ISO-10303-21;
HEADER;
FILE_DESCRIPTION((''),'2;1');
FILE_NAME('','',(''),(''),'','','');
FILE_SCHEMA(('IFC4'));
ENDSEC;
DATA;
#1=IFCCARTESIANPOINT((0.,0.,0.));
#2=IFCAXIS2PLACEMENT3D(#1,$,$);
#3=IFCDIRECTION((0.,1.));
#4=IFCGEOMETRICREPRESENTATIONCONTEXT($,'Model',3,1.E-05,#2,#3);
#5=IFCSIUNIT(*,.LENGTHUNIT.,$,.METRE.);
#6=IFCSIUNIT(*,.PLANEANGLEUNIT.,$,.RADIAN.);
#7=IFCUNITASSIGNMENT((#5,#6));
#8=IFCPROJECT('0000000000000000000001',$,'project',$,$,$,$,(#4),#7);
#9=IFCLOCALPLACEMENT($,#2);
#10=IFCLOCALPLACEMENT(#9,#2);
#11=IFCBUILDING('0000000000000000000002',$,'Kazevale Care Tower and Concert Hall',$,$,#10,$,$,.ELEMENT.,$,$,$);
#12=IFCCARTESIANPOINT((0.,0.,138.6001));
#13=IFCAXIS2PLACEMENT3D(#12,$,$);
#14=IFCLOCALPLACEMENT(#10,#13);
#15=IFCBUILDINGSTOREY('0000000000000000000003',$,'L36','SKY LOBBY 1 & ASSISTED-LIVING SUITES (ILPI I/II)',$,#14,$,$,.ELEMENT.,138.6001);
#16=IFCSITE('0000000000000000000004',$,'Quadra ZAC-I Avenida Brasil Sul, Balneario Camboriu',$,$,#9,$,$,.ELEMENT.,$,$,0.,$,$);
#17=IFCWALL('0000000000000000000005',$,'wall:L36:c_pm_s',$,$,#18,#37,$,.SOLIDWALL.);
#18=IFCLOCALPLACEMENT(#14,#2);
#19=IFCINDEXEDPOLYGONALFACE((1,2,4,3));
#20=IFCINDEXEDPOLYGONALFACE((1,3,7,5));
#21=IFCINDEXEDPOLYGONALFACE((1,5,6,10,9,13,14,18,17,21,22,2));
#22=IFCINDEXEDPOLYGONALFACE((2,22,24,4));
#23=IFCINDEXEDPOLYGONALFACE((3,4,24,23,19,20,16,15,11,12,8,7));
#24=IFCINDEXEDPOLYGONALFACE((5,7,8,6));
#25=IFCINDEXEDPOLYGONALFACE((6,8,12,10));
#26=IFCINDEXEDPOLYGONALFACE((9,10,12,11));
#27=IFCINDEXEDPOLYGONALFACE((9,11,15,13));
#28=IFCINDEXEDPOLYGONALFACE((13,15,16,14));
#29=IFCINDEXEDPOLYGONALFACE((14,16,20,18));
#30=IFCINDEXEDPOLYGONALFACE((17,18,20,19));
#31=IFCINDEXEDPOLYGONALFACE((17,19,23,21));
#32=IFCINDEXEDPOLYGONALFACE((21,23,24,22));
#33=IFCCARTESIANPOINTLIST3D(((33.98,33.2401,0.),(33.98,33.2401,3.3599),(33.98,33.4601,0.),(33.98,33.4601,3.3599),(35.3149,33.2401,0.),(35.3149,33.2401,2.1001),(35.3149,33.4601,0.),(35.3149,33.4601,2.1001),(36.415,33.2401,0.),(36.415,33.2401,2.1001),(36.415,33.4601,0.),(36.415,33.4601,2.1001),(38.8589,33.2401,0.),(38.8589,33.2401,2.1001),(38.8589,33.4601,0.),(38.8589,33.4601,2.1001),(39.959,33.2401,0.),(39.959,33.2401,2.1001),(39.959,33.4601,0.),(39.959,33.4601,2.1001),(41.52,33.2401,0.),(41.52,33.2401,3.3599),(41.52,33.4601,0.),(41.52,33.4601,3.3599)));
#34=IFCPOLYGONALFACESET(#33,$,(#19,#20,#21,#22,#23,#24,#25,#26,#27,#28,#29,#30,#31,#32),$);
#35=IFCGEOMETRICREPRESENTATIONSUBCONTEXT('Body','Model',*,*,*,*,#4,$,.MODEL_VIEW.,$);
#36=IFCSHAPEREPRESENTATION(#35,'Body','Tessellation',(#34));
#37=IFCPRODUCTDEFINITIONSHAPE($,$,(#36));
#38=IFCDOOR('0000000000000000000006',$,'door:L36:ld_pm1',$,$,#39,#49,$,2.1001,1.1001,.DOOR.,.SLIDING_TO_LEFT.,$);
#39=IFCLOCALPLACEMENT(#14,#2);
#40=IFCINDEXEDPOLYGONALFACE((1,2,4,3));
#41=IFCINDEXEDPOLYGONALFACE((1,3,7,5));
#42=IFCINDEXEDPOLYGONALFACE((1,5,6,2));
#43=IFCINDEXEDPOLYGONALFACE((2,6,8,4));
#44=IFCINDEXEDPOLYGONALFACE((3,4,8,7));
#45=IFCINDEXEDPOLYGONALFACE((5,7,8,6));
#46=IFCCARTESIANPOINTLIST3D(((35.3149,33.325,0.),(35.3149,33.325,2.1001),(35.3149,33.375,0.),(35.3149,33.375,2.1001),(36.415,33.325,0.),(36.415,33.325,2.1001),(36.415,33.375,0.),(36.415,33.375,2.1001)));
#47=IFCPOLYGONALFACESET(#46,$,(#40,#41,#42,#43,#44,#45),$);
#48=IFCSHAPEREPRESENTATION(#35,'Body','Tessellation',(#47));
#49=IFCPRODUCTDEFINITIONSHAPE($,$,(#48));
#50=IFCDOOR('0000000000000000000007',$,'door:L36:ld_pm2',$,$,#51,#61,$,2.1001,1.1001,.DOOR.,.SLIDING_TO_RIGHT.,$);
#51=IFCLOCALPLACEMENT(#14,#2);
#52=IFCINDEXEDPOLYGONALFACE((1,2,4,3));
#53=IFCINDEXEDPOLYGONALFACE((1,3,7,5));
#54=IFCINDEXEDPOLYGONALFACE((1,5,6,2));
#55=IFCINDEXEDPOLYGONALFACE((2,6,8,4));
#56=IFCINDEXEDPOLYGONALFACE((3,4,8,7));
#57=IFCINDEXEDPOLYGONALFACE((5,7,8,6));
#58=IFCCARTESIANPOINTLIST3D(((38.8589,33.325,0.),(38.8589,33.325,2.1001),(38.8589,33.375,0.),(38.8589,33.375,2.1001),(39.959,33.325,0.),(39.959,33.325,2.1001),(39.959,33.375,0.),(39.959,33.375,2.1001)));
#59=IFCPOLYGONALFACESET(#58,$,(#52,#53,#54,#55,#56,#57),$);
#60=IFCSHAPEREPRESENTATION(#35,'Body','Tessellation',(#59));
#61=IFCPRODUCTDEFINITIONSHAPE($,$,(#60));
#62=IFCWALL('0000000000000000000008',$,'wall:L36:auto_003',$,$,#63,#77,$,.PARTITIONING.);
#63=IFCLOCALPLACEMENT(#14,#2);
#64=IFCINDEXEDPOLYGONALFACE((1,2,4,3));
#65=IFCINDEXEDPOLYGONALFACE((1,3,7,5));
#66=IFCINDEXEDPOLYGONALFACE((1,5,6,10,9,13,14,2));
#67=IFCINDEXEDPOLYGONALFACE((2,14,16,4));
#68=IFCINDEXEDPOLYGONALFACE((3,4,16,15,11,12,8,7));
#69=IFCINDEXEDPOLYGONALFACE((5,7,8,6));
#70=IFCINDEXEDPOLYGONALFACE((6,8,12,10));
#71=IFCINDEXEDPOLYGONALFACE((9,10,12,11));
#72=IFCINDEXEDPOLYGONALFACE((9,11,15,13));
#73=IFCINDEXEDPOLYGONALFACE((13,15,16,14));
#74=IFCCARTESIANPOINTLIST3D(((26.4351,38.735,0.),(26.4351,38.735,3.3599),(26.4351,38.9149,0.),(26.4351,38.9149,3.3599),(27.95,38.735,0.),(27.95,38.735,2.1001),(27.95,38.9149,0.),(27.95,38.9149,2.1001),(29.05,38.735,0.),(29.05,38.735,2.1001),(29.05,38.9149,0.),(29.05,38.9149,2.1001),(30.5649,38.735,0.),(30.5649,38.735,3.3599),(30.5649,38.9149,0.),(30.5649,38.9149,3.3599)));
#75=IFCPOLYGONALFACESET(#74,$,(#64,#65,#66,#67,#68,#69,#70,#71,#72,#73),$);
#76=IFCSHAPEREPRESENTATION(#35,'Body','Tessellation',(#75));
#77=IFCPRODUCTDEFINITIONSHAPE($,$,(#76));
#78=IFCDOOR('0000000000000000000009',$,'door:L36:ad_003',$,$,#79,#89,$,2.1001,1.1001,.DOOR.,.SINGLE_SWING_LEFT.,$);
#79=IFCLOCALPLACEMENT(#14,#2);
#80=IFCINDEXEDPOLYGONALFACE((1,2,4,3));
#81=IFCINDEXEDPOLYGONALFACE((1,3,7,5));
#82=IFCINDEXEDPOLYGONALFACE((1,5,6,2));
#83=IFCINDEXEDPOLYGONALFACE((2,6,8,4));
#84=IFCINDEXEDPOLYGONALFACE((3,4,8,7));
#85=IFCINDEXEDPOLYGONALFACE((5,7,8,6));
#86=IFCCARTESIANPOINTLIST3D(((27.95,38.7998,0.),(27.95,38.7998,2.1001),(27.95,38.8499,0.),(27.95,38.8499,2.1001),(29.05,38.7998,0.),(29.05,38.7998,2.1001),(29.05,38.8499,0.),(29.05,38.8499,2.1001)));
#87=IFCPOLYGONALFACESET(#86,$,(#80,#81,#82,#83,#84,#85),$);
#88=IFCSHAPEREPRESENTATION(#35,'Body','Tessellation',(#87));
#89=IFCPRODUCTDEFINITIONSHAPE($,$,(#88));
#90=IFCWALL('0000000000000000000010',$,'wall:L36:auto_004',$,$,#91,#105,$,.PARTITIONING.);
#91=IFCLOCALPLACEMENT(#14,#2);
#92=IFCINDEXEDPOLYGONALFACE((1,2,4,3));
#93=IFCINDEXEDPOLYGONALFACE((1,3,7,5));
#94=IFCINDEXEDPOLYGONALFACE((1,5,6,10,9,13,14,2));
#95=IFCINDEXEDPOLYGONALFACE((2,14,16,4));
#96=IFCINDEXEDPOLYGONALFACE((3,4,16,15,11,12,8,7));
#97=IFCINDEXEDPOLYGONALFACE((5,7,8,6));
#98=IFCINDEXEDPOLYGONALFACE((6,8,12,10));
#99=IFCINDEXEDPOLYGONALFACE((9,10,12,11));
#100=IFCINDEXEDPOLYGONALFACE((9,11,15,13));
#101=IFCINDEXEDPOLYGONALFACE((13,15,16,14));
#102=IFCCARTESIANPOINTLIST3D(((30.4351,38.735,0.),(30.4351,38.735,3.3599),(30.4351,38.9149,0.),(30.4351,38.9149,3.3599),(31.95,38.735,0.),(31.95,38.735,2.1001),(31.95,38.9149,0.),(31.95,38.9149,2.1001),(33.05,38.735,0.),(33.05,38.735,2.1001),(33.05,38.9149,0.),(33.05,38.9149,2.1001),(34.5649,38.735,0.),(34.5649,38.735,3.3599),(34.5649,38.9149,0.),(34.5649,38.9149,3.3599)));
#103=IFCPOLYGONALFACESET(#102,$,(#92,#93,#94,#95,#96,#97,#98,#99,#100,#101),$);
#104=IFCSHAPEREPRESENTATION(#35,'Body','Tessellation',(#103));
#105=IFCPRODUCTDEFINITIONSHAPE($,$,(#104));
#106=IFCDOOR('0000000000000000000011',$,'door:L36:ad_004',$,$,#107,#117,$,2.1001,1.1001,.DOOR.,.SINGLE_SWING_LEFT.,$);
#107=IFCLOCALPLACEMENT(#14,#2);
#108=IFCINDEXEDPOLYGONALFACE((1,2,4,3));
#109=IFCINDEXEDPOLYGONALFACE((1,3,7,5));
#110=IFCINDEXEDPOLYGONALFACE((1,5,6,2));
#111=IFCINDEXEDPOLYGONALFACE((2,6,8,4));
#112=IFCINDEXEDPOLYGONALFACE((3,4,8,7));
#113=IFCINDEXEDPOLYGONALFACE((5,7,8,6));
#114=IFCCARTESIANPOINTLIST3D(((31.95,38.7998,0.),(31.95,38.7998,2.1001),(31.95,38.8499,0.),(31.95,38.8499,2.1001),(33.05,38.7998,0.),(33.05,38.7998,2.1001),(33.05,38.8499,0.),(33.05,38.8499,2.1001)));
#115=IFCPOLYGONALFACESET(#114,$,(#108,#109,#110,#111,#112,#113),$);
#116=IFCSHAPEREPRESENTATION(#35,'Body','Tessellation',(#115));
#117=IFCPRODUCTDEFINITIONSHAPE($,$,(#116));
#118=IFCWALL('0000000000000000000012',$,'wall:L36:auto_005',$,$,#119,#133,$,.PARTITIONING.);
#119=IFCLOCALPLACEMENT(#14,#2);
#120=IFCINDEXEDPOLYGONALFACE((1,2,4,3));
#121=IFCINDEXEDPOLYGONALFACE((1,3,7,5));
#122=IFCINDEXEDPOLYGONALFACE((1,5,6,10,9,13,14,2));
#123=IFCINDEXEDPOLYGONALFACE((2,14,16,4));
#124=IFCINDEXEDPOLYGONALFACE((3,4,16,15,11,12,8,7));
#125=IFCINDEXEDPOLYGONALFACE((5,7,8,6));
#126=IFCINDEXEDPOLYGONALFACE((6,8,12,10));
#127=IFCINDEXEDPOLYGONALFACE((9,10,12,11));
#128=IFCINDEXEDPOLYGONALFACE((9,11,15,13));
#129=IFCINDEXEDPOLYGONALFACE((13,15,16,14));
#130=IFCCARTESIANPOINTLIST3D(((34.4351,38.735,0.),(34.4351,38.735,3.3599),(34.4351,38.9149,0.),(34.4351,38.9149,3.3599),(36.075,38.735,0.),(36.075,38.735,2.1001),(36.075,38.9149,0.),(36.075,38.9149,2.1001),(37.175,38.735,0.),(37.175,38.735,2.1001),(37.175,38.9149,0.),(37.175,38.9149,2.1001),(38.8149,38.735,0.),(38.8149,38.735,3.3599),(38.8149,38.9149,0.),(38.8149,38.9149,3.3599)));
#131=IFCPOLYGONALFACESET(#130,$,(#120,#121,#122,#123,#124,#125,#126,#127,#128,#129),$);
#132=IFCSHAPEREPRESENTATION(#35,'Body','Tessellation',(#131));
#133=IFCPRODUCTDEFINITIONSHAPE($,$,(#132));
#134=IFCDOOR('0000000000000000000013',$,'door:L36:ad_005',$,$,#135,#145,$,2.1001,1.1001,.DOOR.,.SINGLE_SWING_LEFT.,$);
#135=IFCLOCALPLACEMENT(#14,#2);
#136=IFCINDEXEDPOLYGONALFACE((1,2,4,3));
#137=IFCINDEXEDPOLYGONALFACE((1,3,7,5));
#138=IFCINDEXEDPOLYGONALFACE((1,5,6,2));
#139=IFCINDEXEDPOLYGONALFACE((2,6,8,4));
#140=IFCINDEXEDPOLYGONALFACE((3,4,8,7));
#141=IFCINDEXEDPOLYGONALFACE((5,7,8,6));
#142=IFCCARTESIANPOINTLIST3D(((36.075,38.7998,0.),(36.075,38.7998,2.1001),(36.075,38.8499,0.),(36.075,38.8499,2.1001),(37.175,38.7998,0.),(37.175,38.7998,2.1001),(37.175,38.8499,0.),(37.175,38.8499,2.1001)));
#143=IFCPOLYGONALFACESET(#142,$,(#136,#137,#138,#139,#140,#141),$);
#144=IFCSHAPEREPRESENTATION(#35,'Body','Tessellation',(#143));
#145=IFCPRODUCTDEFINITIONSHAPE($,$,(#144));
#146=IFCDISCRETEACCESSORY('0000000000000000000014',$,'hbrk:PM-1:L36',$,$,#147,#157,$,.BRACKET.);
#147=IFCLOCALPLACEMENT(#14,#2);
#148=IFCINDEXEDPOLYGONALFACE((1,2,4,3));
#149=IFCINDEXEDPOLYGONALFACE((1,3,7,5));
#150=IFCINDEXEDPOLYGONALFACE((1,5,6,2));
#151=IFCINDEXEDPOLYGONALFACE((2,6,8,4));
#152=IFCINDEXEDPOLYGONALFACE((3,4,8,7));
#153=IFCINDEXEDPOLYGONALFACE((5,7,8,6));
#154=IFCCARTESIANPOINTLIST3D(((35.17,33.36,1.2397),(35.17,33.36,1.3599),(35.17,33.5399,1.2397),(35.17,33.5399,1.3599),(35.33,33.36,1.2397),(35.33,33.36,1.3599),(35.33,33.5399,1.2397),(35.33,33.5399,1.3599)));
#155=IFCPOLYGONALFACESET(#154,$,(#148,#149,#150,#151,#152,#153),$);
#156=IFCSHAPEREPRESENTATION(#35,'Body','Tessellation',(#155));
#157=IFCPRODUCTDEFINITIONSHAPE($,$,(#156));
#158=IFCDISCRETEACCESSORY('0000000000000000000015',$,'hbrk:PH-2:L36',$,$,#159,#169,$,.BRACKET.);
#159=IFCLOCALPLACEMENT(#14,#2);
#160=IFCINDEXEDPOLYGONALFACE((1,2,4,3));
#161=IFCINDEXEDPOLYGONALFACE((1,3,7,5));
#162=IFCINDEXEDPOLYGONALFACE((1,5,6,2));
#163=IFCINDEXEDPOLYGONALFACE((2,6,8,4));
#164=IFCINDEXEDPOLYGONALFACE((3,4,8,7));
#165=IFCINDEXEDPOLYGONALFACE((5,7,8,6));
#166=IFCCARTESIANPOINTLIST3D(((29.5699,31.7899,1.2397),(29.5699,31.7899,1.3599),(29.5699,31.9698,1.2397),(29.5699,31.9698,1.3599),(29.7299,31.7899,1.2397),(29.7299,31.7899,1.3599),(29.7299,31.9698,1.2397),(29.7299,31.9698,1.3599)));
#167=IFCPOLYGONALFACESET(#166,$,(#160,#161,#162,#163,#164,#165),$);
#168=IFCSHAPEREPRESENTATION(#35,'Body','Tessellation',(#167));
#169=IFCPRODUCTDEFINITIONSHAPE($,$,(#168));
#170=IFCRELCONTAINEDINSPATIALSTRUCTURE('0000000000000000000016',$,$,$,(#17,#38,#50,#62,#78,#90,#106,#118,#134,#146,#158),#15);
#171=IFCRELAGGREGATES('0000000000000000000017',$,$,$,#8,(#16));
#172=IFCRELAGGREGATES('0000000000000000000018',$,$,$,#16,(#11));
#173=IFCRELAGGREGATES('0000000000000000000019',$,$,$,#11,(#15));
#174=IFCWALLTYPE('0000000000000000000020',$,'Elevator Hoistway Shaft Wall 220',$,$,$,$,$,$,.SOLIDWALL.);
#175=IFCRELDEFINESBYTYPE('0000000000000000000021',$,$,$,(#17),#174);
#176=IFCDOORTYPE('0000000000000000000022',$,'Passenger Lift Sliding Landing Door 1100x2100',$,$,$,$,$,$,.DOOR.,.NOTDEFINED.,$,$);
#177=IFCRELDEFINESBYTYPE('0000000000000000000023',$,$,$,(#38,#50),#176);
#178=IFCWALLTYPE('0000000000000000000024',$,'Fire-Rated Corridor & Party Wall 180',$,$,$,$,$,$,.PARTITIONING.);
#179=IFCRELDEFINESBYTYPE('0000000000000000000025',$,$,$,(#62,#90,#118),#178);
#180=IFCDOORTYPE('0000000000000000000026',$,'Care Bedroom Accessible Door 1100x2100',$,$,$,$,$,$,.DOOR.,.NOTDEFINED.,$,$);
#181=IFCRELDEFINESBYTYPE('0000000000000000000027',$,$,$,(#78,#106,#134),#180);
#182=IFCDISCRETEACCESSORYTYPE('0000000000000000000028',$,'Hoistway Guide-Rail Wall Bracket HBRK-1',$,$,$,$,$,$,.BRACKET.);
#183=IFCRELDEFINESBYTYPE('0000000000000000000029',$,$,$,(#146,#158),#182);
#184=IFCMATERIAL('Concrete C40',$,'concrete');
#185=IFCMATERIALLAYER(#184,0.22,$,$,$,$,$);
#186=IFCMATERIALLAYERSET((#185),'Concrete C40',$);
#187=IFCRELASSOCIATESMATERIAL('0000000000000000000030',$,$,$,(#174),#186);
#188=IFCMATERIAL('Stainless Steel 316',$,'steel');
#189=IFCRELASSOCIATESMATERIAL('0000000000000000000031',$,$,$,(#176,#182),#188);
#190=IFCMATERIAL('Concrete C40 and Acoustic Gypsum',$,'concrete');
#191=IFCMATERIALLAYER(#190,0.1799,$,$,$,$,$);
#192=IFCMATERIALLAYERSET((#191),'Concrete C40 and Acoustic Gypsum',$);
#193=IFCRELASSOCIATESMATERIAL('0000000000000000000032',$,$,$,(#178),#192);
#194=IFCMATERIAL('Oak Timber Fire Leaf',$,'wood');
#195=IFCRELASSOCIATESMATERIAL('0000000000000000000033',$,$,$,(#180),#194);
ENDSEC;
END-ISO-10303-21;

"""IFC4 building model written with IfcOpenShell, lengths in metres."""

from ifc_helpers import new_model, si_unit, direction, frame, frame_2d, origin, origin_2d, place, context, subcontext, project, spatial, rectangle, extrude, material, layer, layer_set, type_object, element, fill, save


model = new_model("IFC4")

# Units and contexts
model_context = context("Model", 3, precision=1e-05, world=origin(), true_north=direction((0.0, 1.0)))
body_context = subcontext(model_context, "Body", "Model", "MODEL_VIEW")
ifc_project = project(units=[si_unit("LENGTHUNIT", "METRE"), si_unit("PLANEANGLEUNIT", "RADIAN")], contexts=[model_context])

# Site, building, storey
site_placement = place(None, origin())
site = spatial("IfcSite", under=ifc_project, at=site_placement, Name="Quadra ZAC-I Avenida Brasil Sul, Balneario Camboriu", CompositionType="ELEMENT", RefElevation=0.0)
building_placement = place(site_placement, origin())
building = spatial("IfcBuilding", under=site, at=building_placement, Name="Kazevale Care Tower and Concert Hall", CompositionType="ELEMENT")
storey_placement = place(building_placement, frame((0.0, 0.0, 138.6001)))
storey = spatial("IfcBuildingStorey", under=building, at=storey_placement, Name="L36", Description="SKY LOBBY 1 & ASSISTED-LIVING SUITES (ILPI I/II)", CompositionType="ELEMENT", Elevation=138.6001)

# Shared definitions
ifc_material_1 = material(Name="Oak Timber Fire Leaf", Category="wood")

# Shared definitions
ifc_material_2 = material(Name="Concrete C40", Category="concrete")
ifc_layer_1 = layer(ifc_material_2, 0.22)
ifc_layer_set_1 = layer_set([ifc_layer_1], Name="Concrete C40")
wall_type_1 = type_object("IfcWallType", Name="Elevator Hoistway Shaft Wall 220", PredefinedType="SOLIDWALL", material=ifc_layer_set_1)

# Wall, openings, doors
wall_1_placement = place(storey_placement, frame((33.98, 33.3501, 0.0), z_axis=(0.0, 0.0, 1.0), x_axis=(1.0, 0.0, 0.0)))
wall_1 = element("IfcWall", 1, at=wall_1_placement, inside=storey, type_object=wall_type_1, Name="wall:L36:c_pm_s", PredefinedType="SOLIDWALL", context=body_context, shape_type="SweptSolid", body=[
    extrude(rectangle(XDim=7.54, YDim=0.22, at=frame_2d((3.77, 0.0))), origin(), (0.0, 0.0, 1.0), 3.3599),
])
opening_1_placement = place(wall_1_placement, frame((1.335, 0.0, 0.0)))
opening_1 = element("IfcOpeningElement", 2, at=opening_1_placement, cuts=wall_1, PredefinedType="OPENING", context=body_context, shape_type="SweptSolid", body=[
    extrude(rectangle(XDim=1.1001, YDim=2.1001, at=frame_2d((0.55, 1.05))), frame((0.0, 0.1199, 0.0), z_axis=(0.0, -1.0, 0.0), x_axis=(1.0, 0.0, 0.0)), (0.0, 0.0, 1.0), 0.24),
])
opening_2_placement = place(wall_1_placement, frame((4.8789, 0.0, 0.0)))
opening_2 = element("IfcOpeningElement", 3, at=opening_2_placement, cuts=wall_1, PredefinedType="OPENING", context=body_context, shape_type="SweptSolid", body=[
    extrude(rectangle(XDim=1.1001, YDim=2.1001, at=frame_2d((0.55, 1.05))), frame((0.0, 0.1199, 0.0), z_axis=(0.0, -1.0, 0.0), x_axis=(1.0, 0.0, 0.0)), (0.0, 0.0, 1.0), 0.24),
])
ifc_material_3 = material(Name="Stainless Steel 316", Category="steel")
door_type_1 = type_object("IfcDoorType", Name="Passenger Lift Sliding Landing Door 1100x2100", OperationType="NOTDEFINED", PredefinedType="DOOR", material=ifc_material_3)
door_1_placement = place(opening_1_placement, origin())
door_1 = element("IfcDoor", 4, at=door_1_placement, inside=storey, type_object=door_type_1, Name="door:L36:ld_pm1", OperationType="SLIDING_TO_LEFT", OverallHeight=2.1001, OverallWidth=1.1001, PredefinedType="DOOR", context=body_context, shape_type="SweptSolid", body=[
    extrude(rectangle(XDim=1.1001, YDim=2.1001, at=frame_2d((0.55, 1.05))), frame((0.0, 0.0249, 0.0), z_axis=(0.0, -1.0, 0.0), x_axis=(1.0, 0.0, 0.0)), (0.0, 0.0, 1.0), 0.05),
])
fill(opening_1, door_1)
door_2_placement = place(opening_2_placement, origin())
door_2 = element("IfcDoor", 5, at=door_2_placement, inside=storey, type_object=door_type_1, Name="door:L36:ld_pm2", OperationType="SLIDING_TO_RIGHT", OverallHeight=2.1001, OverallWidth=1.1001, PredefinedType="DOOR", context=body_context, shape_type="SweptSolid", body=[
    extrude(rectangle(XDim=1.1001, YDim=2.1001, at=frame_2d((0.55, 1.05))), frame((0.0, 0.0249, 0.0), z_axis=(0.0, -1.0, 0.0), x_axis=(1.0, 0.0, 0.0)), (0.0, 0.0, 1.0), 0.05),
])
fill(opening_2, door_2)

# Walls, openings, doors
ifc_material_4 = material(Name="Concrete C40 and Acoustic Gypsum", Category="concrete")
ifc_layer_2 = layer(ifc_material_4, 0.1799)
ifc_layer_set_2 = layer_set([ifc_layer_2], Name="Concrete C40 and Acoustic Gypsum")
wall_type_2 = type_object("IfcWallType", Name="Fire-Rated Corridor & Party Wall 180", PredefinedType="PARTITIONING", material=ifc_layer_set_2)
wall_2_placement = place(storey_placement, frame((26.4351, 38.825, 0.0), z_axis=(0.0, 0.0, 1.0), x_axis=(1.0, 0.0, 0.0)))
wall_2 = element("IfcWall", 6, at=wall_2_placement, inside=storey, type_object=wall_type_2, Name="wall:L36:auto_003", PredefinedType="PARTITIONING", context=body_context, shape_type="SweptSolid", body=[
    extrude(rectangle(XDim=4.1299, YDim=0.1799, at=frame_2d((2.0649, 0.0))), origin(), (0.0, 0.0, 1.0), 3.3599),
])
opening_3_placement = place(wall_2_placement, frame((1.5149, 0.0, 0.0)))
opening_3 = element("IfcOpeningElement", 7, at=opening_3_placement, cuts=wall_2, PredefinedType="OPENING", context=body_context, shape_type="SweptSolid", body=[
    extrude(rectangle(XDim=1.1001, YDim=2.1001, at=frame_2d((0.55, 1.05))), frame((0.0, 0.0999, 0.0), z_axis=(0.0, -1.0, 0.0), x_axis=(1.0, 0.0, 0.0)), (0.0, 0.0, 1.0), 0.2),
])
door_type_2 = type_object("IfcDoorType", Name="Care Bedroom Accessible Door 1100x2100", OperationType="NOTDEFINED", PredefinedType="DOOR", material=ifc_material_1)
door_3_placement = place(opening_3_placement, origin())
door_3 = element("IfcDoor", 8, at=door_3_placement, inside=storey, type_object=door_type_2, Name="door:L36:ad_003", OperationType="SINGLE_SWING_LEFT", OverallHeight=2.1001, OverallWidth=1.1001, PredefinedType="DOOR", context=body_context, shape_type="SweptSolid", body=[
    extrude(rectangle(XDim=1.1001, YDim=2.1001, at=frame_2d((0.55, 1.05))), frame((0.0, 0.0249, 0.0), z_axis=(0.0, -1.0, 0.0), x_axis=(1.0, 0.0, 0.0)), (0.0, 0.0, 1.0), 0.05),
])
fill(opening_3, door_3)
wall_3_placement = place(storey_placement, frame((30.4351, 38.825, 0.0), z_axis=(0.0, 0.0, 1.0), x_axis=(1.0, 0.0, 0.0)))
wall_3 = element("IfcWall", 9, at=wall_3_placement, inside=storey, type_object=wall_type_2, Name="wall:L36:auto_004", PredefinedType="PARTITIONING", context=body_context, shape_type="SweptSolid", body=[
    extrude(rectangle(XDim=4.1299, YDim=0.1799, at=frame_2d((2.0649, 0.0))), origin(), (0.0, 0.0, 1.0), 3.3599),
])
opening_4_placement = place(wall_3_placement, frame((1.5149, 0.0, 0.0)))
opening_4 = element("IfcOpeningElement", 10, at=opening_4_placement, cuts=wall_3, PredefinedType="OPENING", context=body_context, shape_type="SweptSolid", body=[
    extrude(rectangle(XDim=1.1001, YDim=2.1001, at=frame_2d((0.55, 1.05))), frame((0.0, 0.0999, 0.0), z_axis=(0.0, -1.0, 0.0), x_axis=(1.0, 0.0, 0.0)), (0.0, 0.0, 1.0), 0.2),
])
door_4_placement = place(opening_4_placement, origin())
door_4 = element("IfcDoor", 11, at=door_4_placement, inside=storey, type_object=door_type_2, Name="door:L36:ad_004", OperationType="SINGLE_SWING_LEFT", OverallHeight=2.1001, OverallWidth=1.1001, PredefinedType="DOOR", context=body_context, shape_type="SweptSolid", body=[
    extrude(rectangle(XDim=1.1001, YDim=2.1001, at=frame_2d((0.55, 1.05))), frame((0.0, 0.0249, 0.0), z_axis=(0.0, -1.0, 0.0), x_axis=(1.0, 0.0, 0.0)), (0.0, 0.0, 1.0), 0.05),
])
fill(opening_4, door_4)
wall_4_placement = place(storey_placement, frame((34.4351, 38.825, 0.0), z_axis=(0.0, 0.0, 1.0), x_axis=(1.0, 0.0, 0.0)))
wall_4 = element("IfcWall", 12, at=wall_4_placement, inside=storey, type_object=wall_type_2, Name="wall:L36:auto_005", PredefinedType="PARTITIONING", context=body_context, shape_type="SweptSolid", body=[
    extrude(rectangle(XDim=4.3799, YDim=0.1799, at=frame_2d((2.1899, 0.0))), origin(), (0.0, 0.0, 1.0), 3.3599),
])
opening_5_placement = place(wall_4_placement, frame((1.6399, 0.0, 0.0)))
opening_5 = element("IfcOpeningElement", 13, at=opening_5_placement, cuts=wall_4, PredefinedType="OPENING", context=body_context, shape_type="SweptSolid", body=[
    extrude(rectangle(XDim=1.1001, YDim=2.1001, at=frame_2d((0.55, 1.05))), frame((0.0, 0.0999, 0.0), z_axis=(0.0, -1.0, 0.0), x_axis=(1.0, 0.0, 0.0)), (0.0, 0.0, 1.0), 0.2),
])
door_5_placement = place(opening_5_placement, origin())
door_5 = element("IfcDoor", 14, at=door_5_placement, inside=storey, type_object=door_type_2, Name="door:L36:ad_005", OperationType="SINGLE_SWING_LEFT", OverallHeight=2.1001, OverallWidth=1.1001, PredefinedType="DOOR", context=body_context, shape_type="SweptSolid", body=[
    extrude(rectangle(XDim=1.1001, YDim=2.1001, at=frame_2d((0.55, 1.05))), frame((0.0, 0.0249, 0.0), z_axis=(0.0, -1.0, 0.0), x_axis=(1.0, 0.0, 0.0)), (0.0, 0.0, 1.0), 0.05),
])
fill(opening_5, door_5)

# Discrete accessories
discrete_accessory_type = type_object("IfcDiscreteAccessoryType", Name="Hoistway Guide-Rail Wall Bracket HBRK-1", PredefinedType="BRACKET", material=ifc_material_3)
for number, where, z_axis, x_axis, name in (
    (15, (35.25, 33.45, 1.2397), (0.0, 0.0, 1.0), (1.0, 0.0, 0.0), "hbrk:PM-1:L36"),
    (16, (29.6499, 31.8799, 1.2397), (0.0, 0.0, 1.0), (1.0, 0.0, 0.0), "hbrk:PH-2:L36"),
):
    element("IfcDiscreteAccessory", number, at=place(storey_placement, frame(where, z_axis=z_axis, x_axis=x_axis)), inside=storey, type_object=discrete_accessory_type, Name=name, PredefinedType="BRACKET", context=body_context, shape_type="SweptSolid", body=[
        extrude(rectangle(XDim=0.1599, YDim=0.1799, at=origin_2d()), origin(), (0.0, 0.0, 1.0), 0.1201),
    ])

save(model, "model.ifc")
